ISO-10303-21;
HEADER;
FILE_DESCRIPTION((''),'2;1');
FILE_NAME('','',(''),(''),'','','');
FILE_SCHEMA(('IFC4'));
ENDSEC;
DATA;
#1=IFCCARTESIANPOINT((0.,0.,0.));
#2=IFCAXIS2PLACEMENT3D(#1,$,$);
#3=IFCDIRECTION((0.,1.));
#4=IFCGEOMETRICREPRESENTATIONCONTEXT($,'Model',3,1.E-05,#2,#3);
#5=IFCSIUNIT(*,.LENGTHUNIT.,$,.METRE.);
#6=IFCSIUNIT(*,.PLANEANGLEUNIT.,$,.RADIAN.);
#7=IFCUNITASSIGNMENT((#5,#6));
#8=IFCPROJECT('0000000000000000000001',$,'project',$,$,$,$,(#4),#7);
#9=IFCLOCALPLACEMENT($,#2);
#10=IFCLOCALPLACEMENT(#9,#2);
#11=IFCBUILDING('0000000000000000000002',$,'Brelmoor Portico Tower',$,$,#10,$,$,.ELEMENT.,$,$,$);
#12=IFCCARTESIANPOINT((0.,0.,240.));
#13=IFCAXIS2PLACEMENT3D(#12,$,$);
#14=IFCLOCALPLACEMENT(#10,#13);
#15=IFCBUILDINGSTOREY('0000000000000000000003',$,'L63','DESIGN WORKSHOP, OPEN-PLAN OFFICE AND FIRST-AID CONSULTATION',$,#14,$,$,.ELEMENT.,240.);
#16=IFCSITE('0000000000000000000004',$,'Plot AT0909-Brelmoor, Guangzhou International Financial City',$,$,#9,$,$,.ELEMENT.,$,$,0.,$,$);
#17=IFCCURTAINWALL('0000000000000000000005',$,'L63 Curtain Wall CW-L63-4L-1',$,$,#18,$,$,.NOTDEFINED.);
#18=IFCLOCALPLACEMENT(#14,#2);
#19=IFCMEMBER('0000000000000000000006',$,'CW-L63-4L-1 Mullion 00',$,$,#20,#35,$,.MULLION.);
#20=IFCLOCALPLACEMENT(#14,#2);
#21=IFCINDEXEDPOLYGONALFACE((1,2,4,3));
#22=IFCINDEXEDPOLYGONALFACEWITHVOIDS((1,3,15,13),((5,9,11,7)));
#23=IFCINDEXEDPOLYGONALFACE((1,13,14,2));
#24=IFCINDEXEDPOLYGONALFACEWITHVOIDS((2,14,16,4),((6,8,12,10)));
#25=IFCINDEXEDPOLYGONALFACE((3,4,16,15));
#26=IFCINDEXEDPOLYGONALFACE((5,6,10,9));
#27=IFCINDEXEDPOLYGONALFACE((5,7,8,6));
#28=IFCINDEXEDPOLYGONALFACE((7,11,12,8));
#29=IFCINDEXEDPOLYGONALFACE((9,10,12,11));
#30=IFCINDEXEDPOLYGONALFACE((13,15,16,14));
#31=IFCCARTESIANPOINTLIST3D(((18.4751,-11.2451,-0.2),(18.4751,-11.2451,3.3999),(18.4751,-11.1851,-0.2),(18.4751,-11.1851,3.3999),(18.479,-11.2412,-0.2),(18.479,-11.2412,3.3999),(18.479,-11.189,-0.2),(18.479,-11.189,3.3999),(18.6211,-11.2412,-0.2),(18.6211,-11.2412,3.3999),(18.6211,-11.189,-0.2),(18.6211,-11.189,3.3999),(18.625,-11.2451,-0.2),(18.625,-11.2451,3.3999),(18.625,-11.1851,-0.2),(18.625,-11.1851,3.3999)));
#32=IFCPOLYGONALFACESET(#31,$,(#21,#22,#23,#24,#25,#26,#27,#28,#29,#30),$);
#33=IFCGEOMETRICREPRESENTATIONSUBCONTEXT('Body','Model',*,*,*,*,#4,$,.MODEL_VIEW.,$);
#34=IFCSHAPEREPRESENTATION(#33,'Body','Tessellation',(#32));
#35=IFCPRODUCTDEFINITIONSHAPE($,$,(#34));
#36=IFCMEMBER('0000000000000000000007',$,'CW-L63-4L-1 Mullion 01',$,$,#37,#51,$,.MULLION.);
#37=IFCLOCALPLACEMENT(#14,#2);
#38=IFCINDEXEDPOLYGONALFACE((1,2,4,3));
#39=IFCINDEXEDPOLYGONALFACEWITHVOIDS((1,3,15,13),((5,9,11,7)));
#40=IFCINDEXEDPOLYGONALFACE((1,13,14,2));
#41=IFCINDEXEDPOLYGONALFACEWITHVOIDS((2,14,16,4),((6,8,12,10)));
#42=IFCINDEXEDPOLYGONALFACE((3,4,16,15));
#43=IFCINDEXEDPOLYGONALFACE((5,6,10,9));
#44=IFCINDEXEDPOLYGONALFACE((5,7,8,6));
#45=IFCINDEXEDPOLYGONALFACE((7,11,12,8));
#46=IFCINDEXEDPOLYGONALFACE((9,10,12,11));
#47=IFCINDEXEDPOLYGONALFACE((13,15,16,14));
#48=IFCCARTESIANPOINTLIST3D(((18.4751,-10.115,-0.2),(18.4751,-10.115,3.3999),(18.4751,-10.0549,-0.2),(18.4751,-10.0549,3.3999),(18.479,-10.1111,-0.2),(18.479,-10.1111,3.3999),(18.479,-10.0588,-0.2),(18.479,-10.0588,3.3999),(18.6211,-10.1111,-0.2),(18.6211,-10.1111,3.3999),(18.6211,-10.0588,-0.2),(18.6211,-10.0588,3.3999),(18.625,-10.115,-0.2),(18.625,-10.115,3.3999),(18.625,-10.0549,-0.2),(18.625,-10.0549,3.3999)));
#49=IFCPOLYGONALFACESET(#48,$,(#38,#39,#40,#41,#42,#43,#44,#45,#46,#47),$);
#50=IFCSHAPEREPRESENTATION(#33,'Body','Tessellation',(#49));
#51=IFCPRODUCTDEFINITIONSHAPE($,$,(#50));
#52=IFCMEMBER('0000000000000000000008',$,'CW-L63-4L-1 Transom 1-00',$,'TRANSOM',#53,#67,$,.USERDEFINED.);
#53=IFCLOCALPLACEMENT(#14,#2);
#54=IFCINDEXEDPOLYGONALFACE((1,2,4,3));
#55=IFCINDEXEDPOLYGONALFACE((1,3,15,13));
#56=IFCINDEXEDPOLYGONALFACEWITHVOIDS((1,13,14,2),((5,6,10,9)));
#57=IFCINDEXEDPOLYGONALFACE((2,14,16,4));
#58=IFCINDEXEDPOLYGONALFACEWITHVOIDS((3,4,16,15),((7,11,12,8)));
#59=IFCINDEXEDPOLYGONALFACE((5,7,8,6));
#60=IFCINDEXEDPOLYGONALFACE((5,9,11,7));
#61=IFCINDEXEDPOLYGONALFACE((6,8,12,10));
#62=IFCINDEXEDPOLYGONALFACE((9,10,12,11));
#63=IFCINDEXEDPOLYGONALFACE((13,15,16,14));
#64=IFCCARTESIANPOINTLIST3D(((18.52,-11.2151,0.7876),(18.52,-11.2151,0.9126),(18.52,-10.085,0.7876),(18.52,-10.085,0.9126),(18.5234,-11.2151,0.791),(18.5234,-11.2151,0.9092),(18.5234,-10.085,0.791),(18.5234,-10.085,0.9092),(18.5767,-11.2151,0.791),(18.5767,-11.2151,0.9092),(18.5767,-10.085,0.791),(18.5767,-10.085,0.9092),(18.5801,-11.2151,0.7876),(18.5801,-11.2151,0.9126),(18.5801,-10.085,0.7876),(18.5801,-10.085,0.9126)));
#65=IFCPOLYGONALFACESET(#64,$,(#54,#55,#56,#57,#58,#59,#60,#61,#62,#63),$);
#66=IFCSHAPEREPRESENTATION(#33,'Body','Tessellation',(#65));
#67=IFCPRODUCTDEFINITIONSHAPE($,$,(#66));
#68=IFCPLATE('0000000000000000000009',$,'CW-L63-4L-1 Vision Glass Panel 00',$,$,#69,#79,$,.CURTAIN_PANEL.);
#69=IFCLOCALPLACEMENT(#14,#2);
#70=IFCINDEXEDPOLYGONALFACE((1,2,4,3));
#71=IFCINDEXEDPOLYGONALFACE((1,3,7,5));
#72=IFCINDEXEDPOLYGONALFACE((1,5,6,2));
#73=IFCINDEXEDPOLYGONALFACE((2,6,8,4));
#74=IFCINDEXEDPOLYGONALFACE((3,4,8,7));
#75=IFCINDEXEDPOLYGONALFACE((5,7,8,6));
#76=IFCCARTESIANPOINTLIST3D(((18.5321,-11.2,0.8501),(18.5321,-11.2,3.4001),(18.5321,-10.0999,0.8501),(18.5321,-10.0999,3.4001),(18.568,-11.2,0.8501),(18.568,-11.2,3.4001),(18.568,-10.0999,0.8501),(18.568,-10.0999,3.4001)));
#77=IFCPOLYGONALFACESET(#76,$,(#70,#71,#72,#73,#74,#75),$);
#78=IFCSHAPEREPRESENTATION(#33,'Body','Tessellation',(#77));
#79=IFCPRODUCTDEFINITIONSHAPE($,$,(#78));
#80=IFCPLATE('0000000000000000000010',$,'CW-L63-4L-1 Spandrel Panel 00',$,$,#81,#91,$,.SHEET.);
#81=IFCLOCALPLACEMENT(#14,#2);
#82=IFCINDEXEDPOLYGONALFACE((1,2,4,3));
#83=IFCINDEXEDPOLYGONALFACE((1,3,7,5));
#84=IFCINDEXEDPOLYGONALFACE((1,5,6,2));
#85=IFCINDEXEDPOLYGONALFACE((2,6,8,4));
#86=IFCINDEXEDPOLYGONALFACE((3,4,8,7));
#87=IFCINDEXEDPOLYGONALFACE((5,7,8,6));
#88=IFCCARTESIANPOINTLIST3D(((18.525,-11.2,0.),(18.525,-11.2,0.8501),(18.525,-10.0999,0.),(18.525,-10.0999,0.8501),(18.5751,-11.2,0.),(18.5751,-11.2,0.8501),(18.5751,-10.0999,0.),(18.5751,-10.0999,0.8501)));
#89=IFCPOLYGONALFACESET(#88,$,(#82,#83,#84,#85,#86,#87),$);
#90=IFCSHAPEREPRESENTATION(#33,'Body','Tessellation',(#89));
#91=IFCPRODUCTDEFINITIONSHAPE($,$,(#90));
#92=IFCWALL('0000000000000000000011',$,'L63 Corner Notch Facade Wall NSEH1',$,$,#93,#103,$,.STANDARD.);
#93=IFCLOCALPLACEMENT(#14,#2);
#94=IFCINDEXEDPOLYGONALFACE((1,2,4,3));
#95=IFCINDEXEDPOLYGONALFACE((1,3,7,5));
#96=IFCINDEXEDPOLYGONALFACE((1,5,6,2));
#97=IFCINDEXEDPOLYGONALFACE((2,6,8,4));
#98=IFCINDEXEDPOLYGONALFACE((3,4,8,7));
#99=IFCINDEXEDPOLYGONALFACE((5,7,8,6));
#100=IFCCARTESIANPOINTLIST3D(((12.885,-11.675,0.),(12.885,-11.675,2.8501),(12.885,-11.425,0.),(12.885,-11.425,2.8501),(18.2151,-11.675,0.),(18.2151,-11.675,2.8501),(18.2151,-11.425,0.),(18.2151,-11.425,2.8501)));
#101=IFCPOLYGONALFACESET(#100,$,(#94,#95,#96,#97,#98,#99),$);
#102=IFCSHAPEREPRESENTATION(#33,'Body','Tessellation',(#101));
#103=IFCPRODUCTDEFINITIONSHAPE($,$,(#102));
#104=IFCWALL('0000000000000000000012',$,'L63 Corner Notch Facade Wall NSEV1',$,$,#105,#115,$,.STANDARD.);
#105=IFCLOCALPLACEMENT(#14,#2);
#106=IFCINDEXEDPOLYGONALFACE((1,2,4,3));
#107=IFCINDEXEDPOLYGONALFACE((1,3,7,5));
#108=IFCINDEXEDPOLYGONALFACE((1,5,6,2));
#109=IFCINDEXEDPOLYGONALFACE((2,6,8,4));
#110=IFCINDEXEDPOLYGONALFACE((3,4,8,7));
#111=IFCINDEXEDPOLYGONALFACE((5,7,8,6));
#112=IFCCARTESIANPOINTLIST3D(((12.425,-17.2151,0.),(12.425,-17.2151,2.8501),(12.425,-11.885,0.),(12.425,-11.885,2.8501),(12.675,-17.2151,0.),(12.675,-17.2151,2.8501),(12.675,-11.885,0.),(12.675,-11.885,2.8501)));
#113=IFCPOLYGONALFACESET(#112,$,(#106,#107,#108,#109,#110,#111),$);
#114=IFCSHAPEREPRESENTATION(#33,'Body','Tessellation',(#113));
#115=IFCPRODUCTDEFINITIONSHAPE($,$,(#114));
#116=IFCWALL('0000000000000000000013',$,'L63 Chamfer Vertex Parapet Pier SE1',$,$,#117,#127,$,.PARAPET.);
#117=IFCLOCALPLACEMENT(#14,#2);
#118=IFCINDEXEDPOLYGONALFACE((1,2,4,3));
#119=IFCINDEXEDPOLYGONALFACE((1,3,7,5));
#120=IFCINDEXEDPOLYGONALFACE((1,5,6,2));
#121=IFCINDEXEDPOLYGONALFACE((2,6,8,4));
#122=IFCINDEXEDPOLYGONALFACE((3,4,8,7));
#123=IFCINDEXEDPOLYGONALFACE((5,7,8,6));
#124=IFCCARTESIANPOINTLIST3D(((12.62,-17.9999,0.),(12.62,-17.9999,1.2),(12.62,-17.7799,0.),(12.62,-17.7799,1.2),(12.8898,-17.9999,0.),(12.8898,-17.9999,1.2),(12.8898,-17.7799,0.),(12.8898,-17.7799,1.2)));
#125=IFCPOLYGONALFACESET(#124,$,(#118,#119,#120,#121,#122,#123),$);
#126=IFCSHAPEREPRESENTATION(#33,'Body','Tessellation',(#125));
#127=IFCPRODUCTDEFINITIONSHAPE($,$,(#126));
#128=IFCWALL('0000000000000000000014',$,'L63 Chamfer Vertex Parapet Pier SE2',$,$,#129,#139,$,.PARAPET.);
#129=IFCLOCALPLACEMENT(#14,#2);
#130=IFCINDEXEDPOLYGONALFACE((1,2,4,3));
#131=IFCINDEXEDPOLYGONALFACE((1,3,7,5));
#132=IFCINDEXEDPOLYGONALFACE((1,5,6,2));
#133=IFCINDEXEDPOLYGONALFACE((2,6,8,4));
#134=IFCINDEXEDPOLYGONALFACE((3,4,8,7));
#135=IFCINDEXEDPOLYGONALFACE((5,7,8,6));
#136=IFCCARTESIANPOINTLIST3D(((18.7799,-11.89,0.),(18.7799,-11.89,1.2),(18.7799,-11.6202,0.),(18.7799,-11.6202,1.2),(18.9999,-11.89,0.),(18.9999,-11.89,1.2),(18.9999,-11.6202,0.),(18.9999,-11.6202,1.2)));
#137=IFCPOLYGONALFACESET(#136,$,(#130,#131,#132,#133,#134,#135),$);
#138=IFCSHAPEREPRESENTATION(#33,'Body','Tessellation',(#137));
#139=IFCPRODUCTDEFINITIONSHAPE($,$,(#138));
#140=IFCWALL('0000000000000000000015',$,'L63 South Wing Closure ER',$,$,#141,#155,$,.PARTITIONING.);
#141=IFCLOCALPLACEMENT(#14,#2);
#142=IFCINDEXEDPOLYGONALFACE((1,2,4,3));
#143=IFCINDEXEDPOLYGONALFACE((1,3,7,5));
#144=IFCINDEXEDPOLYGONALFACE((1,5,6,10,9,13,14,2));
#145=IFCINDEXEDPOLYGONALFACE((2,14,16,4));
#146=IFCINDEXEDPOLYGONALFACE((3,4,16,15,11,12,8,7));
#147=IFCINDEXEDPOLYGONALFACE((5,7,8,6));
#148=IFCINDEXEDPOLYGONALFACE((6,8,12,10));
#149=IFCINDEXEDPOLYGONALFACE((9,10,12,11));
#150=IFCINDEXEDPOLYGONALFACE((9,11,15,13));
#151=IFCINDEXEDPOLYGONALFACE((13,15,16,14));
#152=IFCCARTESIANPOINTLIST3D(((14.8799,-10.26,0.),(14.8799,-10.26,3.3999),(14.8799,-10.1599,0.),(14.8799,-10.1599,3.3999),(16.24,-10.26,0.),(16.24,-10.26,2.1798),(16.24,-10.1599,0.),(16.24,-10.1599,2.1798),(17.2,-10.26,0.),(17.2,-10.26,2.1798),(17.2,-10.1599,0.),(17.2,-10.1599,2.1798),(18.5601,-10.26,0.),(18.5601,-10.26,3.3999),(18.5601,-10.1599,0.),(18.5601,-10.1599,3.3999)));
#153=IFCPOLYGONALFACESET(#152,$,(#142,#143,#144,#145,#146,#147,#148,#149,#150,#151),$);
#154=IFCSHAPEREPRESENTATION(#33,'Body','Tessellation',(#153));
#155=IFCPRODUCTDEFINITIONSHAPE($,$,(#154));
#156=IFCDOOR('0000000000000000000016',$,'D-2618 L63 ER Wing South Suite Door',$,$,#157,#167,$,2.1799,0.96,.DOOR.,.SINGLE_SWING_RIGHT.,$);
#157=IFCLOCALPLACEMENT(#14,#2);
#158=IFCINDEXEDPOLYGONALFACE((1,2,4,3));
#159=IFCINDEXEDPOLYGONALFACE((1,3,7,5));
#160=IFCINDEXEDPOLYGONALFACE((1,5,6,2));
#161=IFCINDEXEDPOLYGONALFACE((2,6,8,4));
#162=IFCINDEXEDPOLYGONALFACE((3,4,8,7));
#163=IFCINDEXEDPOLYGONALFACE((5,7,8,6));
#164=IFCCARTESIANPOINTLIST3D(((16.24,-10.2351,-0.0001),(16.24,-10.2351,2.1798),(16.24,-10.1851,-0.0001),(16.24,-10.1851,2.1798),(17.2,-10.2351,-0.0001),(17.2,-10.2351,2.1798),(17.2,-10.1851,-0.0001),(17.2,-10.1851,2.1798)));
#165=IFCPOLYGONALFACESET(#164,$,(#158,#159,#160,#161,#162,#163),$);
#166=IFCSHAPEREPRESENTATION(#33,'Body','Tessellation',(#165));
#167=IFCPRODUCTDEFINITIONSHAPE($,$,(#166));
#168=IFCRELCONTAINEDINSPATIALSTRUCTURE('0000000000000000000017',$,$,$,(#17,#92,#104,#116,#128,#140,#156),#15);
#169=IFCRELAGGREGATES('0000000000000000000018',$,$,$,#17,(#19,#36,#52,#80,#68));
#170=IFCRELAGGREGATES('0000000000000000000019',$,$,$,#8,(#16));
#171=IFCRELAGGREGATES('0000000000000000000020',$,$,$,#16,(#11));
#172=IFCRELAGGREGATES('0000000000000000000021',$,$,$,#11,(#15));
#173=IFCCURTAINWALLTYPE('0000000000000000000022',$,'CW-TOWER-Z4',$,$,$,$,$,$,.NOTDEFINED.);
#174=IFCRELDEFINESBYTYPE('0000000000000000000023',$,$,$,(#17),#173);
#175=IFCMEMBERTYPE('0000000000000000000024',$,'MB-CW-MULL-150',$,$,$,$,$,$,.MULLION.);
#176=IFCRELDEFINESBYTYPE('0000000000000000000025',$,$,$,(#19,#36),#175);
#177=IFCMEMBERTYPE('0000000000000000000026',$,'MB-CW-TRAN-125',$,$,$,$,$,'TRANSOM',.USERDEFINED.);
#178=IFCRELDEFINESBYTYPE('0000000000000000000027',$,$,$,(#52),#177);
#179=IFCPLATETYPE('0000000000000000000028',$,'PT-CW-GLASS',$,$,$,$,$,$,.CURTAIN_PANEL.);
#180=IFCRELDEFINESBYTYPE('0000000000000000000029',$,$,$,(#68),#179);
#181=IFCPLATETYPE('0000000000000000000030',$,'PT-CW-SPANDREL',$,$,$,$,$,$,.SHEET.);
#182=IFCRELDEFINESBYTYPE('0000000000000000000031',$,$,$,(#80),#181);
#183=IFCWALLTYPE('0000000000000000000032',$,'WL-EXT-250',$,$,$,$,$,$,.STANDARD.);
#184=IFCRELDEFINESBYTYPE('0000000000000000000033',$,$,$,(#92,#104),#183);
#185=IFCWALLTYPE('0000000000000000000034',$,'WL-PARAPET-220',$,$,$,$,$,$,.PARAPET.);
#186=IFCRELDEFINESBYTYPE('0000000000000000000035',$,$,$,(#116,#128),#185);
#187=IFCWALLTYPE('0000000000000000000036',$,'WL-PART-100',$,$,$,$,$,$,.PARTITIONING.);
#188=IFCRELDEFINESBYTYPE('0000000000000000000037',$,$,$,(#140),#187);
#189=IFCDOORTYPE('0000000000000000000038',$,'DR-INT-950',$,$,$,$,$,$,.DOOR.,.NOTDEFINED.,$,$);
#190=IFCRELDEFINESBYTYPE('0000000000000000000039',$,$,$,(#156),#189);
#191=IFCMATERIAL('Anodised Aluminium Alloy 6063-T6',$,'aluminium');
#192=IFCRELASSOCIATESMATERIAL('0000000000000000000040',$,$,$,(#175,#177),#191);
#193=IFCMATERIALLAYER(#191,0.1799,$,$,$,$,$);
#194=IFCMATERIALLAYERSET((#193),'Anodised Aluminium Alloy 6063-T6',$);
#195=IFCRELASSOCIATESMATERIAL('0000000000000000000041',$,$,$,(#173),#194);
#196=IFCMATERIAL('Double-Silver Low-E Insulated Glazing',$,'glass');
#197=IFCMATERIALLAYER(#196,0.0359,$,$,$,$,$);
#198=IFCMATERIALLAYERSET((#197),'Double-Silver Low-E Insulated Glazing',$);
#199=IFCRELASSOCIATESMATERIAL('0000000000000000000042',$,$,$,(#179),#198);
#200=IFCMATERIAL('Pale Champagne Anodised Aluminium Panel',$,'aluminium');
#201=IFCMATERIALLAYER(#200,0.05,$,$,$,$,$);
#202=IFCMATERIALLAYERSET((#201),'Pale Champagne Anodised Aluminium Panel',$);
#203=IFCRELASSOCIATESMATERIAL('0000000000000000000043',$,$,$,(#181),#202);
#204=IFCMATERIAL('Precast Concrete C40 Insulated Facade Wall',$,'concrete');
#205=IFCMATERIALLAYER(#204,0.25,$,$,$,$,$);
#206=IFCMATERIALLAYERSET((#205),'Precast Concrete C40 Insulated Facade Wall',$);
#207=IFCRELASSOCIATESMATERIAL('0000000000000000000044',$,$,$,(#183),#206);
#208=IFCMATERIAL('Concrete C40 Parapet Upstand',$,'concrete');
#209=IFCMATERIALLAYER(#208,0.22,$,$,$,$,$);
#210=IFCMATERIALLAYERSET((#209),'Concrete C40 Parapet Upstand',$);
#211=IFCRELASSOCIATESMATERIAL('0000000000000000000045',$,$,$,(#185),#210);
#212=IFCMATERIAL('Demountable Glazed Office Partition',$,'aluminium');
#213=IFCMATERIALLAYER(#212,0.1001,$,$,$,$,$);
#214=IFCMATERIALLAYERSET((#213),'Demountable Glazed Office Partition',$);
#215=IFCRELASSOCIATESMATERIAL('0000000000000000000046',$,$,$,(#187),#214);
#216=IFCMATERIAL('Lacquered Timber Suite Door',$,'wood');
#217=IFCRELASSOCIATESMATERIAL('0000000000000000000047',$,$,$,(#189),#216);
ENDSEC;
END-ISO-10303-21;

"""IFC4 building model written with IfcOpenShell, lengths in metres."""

from ifc_helpers import new_model, si_unit, direction, frame, frame_2d, origin, origin_2d, place, context, subcontext, project, spatial, rectangle, hollow_rectangle, extrude, material, layer, layer_set, material_profile, profile_set, type_object, element, fill, aggregate, save


model = new_model("IFC4")

# Units and contexts
model_context = context("Model", 3, precision=1e-05, world=origin(), true_north=direction((0.0, 1.0)))
body_context = subcontext(model_context, "Body", "Model", "MODEL_VIEW")
ifc_project = project(units=[si_unit("LENGTHUNIT", "METRE"), si_unit("PLANEANGLEUNIT", "RADIAN")], contexts=[model_context])

# Site, building, storey
site_placement = place(None, origin())
site = spatial("IfcSite", under=ifc_project, at=site_placement, Name="Plot AT0909-Brelmoor, Guangzhou International Financial City", CompositionType="ELEMENT", RefElevation=0.0)
building_placement = place(site_placement, origin())
building = spatial("IfcBuilding", under=site, at=building_placement, Name="Brelmoor Portico Tower", CompositionType="ELEMENT")
storey_placement = place(building_placement, frame((0.0, 0.0, 240.0)))
storey = spatial("IfcBuildingStorey", under=building, at=storey_placement, Name="L63", Description="DESIGN WORKSHOP, OPEN-PLAN OFFICE AND FIRST-AID CONSULTATION", CompositionType="ELEMENT", Elevation=240.0)

# Shared definitions
ifc_material_1 = material(Name="Anodised Aluminium Alloy 6063-T6", Category="aluminium")
ifc_material_profile_1 = material_profile(ifc_material_1, hollow_rectangle(XDim=0.0601, YDim=0.1499, WallThickness=0.0039, at=origin_2d()), Name="ALU MULLION 60x150")
ifc_profile_set_1 = profile_set([ifc_material_profile_1], Name="Anodised Aluminium Alloy 6063-T6")
member_type_1 = type_object("IfcMemberType", Name="MB-CW-MULL-150", PredefinedType="MULLION", material=ifc_profile_set_1)

# Curtain wall, members, plates
ifc_layer_1 = layer(ifc_material_1, 0.1799)
ifc_layer_set_1 = layer_set([ifc_layer_1], Name="Anodised Aluminium Alloy 6063-T6")
curtain_wall_type_1 = type_object("IfcCurtainWallType", Name="CW-TOWER-Z4", PredefinedType="NOTDEFINED", material=ifc_layer_set_1)
curtain_wall_1_placement = place(storey_placement, origin())
curtain_wall_1 = element("IfcCurtainWall", 1, at=curtain_wall_1_placement, inside=storey, type_object=curtain_wall_type_1, Name="L63 Curtain Wall CW-L63-4L-1", PredefinedType="NOTDEFINED")
member_1_placement = place(storey_placement, frame((18.55, -11.2151, -0.2), z_axis=(0.0, 0.0, 1.0), x_axis=(0.0, 1.0, 0.0)))
member_1 = element("IfcMember", 2, at=member_1_placement, type_object=member_type_1, Name="CW-L63-4L-1 Mullion 00", PredefinedType="MULLION", context=body_context, shape_type="SweptSolid", body=[
    extrude(hollow_rectangle(XDim=0.0601, YDim=0.1499, WallThickness=0.0039, at=origin_2d()), origin(), (0.0, 0.0, 1.0), 3.5999),
])
member_2_placement = place(storey_placement, frame((18.55, -10.085, -0.2), z_axis=(0.0, 0.0, 1.0), x_axis=(0.0, 1.0, 0.0)))
member_2 = element("IfcMember", 3, at=member_2_placement, type_object=member_type_1, Name="CW-L63-4L-1 Mullion 01", PredefinedType="MULLION", context=body_context, shape_type="SweptSolid", body=[
    extrude(hollow_rectangle(XDim=0.0601, YDim=0.1499, WallThickness=0.0039, at=origin_2d()), origin(), (0.0, 0.0, 1.0), 3.5999),
])
ifc_material_profile_2 = material_profile(ifc_material_1, hollow_rectangle(XDim=0.0601, YDim=0.125, WallThickness=0.0034, at=origin_2d()), Name="ALU TRANSOM 60x125")
ifc_profile_set_2 = profile_set([ifc_material_profile_2], Name="Anodised Aluminium Alloy 6063-T6")
member_type_2 = type_object("IfcMemberType", Name="MB-CW-TRAN-125", ElementType="TRANSOM", PredefinedType="USERDEFINED", material=ifc_profile_set_2)
member_3_placement = place(storey_placement, frame((18.55, -11.2151, 0.8501), z_axis=(0.0, 1.0, 0.0), x_axis=(-1.0, 0.0, 0.0)))
member_3 = element("IfcMember", 4, at=member_3_placement, type_object=member_type_2, Name="CW-L63-4L-1 Transom 1-00", ObjectType="TRANSOM", PredefinedType="USERDEFINED", context=body_context, shape_type="SweptSolid", body=[
    extrude(hollow_rectangle(XDim=0.0601, YDim=0.125, WallThickness=0.0034, at=origin_2d()), origin(), (0.0, 0.0, 1.0), 1.1301),
])
ifc_material_2 = material(Name="Double-Silver Low-E Insulated Glazing", Category="glass")
ifc_layer_2 = layer(ifc_material_2, 0.0359)
ifc_layer_set_2 = layer_set([ifc_layer_2], Name="Double-Silver Low-E Insulated Glazing")
plate_type_1 = type_object("IfcPlateType", Name="PT-CW-GLASS", PredefinedType="CURTAIN_PANEL", material=ifc_layer_set_2)
plate_1_placement = place(storey_placement, frame((18.55, -10.6499, 0.8501), z_axis=(0.0, 0.0, 1.0), x_axis=(0.0, 1.0, 0.0)))
plate_1 = element("IfcPlate", 5, at=plate_1_placement, type_object=plate_type_1, Name="CW-L63-4L-1 Vision Glass Panel 00", PredefinedType="CURTAIN_PANEL", context=body_context, shape_type="SweptSolid", body=[
    extrude(rectangle(XDim=1.1001, YDim=0.0359, at=origin_2d()), origin(), (0.0, 0.0, 1.0), 2.55),
])
ifc_material_3 = material(Name="Pale Champagne Anodised Aluminium Panel", Category="aluminium")
ifc_layer_3 = layer(ifc_material_3, 0.05)
ifc_layer_set_3 = layer_set([ifc_layer_3], Name="Pale Champagne Anodised Aluminium Panel")
plate_type_2 = type_object("IfcPlateType", Name="PT-CW-SPANDREL", PredefinedType="SHEET", material=ifc_layer_set_3)
plate_2_placement = place(storey_placement, frame((18.55, -10.6499, 0.0), z_axis=(0.0, 0.0, 1.0), x_axis=(0.0, 1.0, 0.0)))
plate_2 = element("IfcPlate", 6, at=plate_2_placement, type_object=plate_type_2, Name="CW-L63-4L-1 Spandrel Panel 00", PredefinedType="SHEET", context=body_context, shape_type="SweptSolid", body=[
    extrude(rectangle(XDim=1.1001, YDim=0.05, at=origin_2d()), origin(), (0.0, 0.0, 1.0), 0.8501),
])
aggregate(curtain_wall_1, [member_1, member_2, member_3, plate_2, plate_1])

# Walls
ifc_material_4 = material(Name="Precast Concrete C40 Insulated Facade Wall", Category="concrete")
ifc_layer_4 = layer(ifc_material_4, 0.25)
ifc_layer_set_4 = layer_set([ifc_layer_4], Name="Precast Concrete C40 Insulated Facade Wall")
wall_type_1 = type_object("IfcWallType", Name="WL-EXT-250", PredefinedType="STANDARD", material=ifc_layer_set_4)
for number, where, z_axis, x_axis, name in (
    (7, (12.885, -11.55, 0.0), (0.0, 0.0, 1.0), (1.0, 0.0, 0.0), "L63 Corner Notch Facade Wall NSEH1"),
    (8, (12.55, -17.2151, 0.0), (0.0, 0.0, 1.0), (0.0, 1.0, 0.0), "L63 Corner Notch Facade Wall NSEV1"),
):
    element("IfcWall", number, at=place(storey_placement, frame(where, z_axis=z_axis, x_axis=x_axis)), inside=storey, type_object=wall_type_1, Name=name, PredefinedType="STANDARD", context=body_context, shape_type="SweptSolid", body=[
        extrude(rectangle(XDim=5.3301, YDim=0.25, at=frame_2d((2.665, 0.0))), origin(), (0.0, 0.0, 1.0), 2.8501),
    ])
ifc_material_5 = material(Name="Concrete C40 Parapet Upstand", Category="concrete")
ifc_layer_5 = layer(ifc_material_5, 0.22)
ifc_layer_set_5 = layer_set([ifc_layer_5], Name="Concrete C40 Parapet Upstand")
wall_type_2 = type_object("IfcWallType", Name="WL-PARAPET-220", PredefinedType="PARAPET", material=ifc_layer_set_5)
for number, where, z_axis, x_axis, name in (
    (9, (12.6201, -17.8899, 0.0), (0.0, 0.0, 1.0), (1.0, 0.0, 0.0), "L63 Chamfer Vertex Parapet Pier SE1"),
    (10, (18.8899, -11.8899, 0.0), (0.0, 0.0, 1.0), (0.0, 1.0, 0.0), "L63 Chamfer Vertex Parapet Pier SE2"),
):
    element("IfcWall", number, at=place(storey_placement, frame(where, z_axis=z_axis, x_axis=x_axis)), inside=storey, type_object=wall_type_2, Name=name, PredefinedType="PARAPET", context=body_context, shape_type="SweptSolid", body=[
        extrude(rectangle(XDim=0.2698, YDim=0.22, at=frame_2d((0.1348, 0.0))), origin(), (0.0, 0.0, 1.0), 1.2),
    ])

# Wall, opening, door
ifc_material_6 = material(Name="Demountable Glazed Office Partition", Category="aluminium")
ifc_layer_6 = layer(ifc_material_6, 0.1001)
ifc_layer_set_6 = layer_set([ifc_layer_6], Name="Demountable Glazed Office Partition")
wall_type_3 = type_object("IfcWallType", Name="WL-PART-100", PredefinedType="PARTITIONING", material=ifc_layer_set_6)
wall_placement = place(storey_placement, frame((14.8799, -10.21, 0.0), z_axis=(0.0, 0.0, 1.0), x_axis=(1.0, 0.0, 0.0)))
wall = element("IfcWall", 11, at=wall_placement, inside=storey, type_object=wall_type_3, Name="L63 South Wing Closure ER", PredefinedType="PARTITIONING", context=body_context, shape_type="SweptSolid", body=[
    extrude(rectangle(XDim=3.6802, YDim=0.1001, at=frame_2d((1.8401, 0.0))), origin(), (0.0, 0.0, 1.0), 3.3999),
])
opening_placement = place(wall_placement, frame((1.3601, 0.0, 0.0)))
opening = element("IfcOpeningElement", 12, at=opening_placement, cuts=wall, PredefinedType="OPENING", context=body_context, shape_type="SweptSolid", body=[
    extrude(rectangle(XDim=0.96, YDim=2.1799, at=frame_2d((0.48, 1.0898))), frame((0.0, 0.0601, 0.0), z_axis=(0.0, -1.0, 0.0), x_axis=(1.0, 0.0, 0.0)), (0.0, 0.0, 1.0), 0.1201),
])
ifc_material_7 = material(Name="Lacquered Timber Suite Door", Category="wood")
door_type = type_object("IfcDoorType", Name="DR-INT-950", OperationType="NOTDEFINED", PredefinedType="DOOR", material=ifc_material_7)
door_placement = place(opening_placement, origin())
door = element("IfcDoor", 13, at=door_placement, inside=storey, type_object=door_type, Name="D-2618 L63 ER Wing South Suite Door", OperationType="SINGLE_SWING_RIGHT", OverallHeight=2.1799, OverallWidth=0.96, PredefinedType="DOOR", context=body_context, shape_type="SweptSolid", body=[
    extrude(rectangle(XDim=0.96, YDim=2.1799, at=frame_2d((0.48, 1.0898))), frame((0.0, 0.0249, 0.0), z_axis=(0.0, -1.0, 0.0), x_axis=(1.0, 0.0, 0.0)), (0.0, 0.0, 1.0), 0.05),
])
fill(opening, door)

save(model, "model.ifc")
